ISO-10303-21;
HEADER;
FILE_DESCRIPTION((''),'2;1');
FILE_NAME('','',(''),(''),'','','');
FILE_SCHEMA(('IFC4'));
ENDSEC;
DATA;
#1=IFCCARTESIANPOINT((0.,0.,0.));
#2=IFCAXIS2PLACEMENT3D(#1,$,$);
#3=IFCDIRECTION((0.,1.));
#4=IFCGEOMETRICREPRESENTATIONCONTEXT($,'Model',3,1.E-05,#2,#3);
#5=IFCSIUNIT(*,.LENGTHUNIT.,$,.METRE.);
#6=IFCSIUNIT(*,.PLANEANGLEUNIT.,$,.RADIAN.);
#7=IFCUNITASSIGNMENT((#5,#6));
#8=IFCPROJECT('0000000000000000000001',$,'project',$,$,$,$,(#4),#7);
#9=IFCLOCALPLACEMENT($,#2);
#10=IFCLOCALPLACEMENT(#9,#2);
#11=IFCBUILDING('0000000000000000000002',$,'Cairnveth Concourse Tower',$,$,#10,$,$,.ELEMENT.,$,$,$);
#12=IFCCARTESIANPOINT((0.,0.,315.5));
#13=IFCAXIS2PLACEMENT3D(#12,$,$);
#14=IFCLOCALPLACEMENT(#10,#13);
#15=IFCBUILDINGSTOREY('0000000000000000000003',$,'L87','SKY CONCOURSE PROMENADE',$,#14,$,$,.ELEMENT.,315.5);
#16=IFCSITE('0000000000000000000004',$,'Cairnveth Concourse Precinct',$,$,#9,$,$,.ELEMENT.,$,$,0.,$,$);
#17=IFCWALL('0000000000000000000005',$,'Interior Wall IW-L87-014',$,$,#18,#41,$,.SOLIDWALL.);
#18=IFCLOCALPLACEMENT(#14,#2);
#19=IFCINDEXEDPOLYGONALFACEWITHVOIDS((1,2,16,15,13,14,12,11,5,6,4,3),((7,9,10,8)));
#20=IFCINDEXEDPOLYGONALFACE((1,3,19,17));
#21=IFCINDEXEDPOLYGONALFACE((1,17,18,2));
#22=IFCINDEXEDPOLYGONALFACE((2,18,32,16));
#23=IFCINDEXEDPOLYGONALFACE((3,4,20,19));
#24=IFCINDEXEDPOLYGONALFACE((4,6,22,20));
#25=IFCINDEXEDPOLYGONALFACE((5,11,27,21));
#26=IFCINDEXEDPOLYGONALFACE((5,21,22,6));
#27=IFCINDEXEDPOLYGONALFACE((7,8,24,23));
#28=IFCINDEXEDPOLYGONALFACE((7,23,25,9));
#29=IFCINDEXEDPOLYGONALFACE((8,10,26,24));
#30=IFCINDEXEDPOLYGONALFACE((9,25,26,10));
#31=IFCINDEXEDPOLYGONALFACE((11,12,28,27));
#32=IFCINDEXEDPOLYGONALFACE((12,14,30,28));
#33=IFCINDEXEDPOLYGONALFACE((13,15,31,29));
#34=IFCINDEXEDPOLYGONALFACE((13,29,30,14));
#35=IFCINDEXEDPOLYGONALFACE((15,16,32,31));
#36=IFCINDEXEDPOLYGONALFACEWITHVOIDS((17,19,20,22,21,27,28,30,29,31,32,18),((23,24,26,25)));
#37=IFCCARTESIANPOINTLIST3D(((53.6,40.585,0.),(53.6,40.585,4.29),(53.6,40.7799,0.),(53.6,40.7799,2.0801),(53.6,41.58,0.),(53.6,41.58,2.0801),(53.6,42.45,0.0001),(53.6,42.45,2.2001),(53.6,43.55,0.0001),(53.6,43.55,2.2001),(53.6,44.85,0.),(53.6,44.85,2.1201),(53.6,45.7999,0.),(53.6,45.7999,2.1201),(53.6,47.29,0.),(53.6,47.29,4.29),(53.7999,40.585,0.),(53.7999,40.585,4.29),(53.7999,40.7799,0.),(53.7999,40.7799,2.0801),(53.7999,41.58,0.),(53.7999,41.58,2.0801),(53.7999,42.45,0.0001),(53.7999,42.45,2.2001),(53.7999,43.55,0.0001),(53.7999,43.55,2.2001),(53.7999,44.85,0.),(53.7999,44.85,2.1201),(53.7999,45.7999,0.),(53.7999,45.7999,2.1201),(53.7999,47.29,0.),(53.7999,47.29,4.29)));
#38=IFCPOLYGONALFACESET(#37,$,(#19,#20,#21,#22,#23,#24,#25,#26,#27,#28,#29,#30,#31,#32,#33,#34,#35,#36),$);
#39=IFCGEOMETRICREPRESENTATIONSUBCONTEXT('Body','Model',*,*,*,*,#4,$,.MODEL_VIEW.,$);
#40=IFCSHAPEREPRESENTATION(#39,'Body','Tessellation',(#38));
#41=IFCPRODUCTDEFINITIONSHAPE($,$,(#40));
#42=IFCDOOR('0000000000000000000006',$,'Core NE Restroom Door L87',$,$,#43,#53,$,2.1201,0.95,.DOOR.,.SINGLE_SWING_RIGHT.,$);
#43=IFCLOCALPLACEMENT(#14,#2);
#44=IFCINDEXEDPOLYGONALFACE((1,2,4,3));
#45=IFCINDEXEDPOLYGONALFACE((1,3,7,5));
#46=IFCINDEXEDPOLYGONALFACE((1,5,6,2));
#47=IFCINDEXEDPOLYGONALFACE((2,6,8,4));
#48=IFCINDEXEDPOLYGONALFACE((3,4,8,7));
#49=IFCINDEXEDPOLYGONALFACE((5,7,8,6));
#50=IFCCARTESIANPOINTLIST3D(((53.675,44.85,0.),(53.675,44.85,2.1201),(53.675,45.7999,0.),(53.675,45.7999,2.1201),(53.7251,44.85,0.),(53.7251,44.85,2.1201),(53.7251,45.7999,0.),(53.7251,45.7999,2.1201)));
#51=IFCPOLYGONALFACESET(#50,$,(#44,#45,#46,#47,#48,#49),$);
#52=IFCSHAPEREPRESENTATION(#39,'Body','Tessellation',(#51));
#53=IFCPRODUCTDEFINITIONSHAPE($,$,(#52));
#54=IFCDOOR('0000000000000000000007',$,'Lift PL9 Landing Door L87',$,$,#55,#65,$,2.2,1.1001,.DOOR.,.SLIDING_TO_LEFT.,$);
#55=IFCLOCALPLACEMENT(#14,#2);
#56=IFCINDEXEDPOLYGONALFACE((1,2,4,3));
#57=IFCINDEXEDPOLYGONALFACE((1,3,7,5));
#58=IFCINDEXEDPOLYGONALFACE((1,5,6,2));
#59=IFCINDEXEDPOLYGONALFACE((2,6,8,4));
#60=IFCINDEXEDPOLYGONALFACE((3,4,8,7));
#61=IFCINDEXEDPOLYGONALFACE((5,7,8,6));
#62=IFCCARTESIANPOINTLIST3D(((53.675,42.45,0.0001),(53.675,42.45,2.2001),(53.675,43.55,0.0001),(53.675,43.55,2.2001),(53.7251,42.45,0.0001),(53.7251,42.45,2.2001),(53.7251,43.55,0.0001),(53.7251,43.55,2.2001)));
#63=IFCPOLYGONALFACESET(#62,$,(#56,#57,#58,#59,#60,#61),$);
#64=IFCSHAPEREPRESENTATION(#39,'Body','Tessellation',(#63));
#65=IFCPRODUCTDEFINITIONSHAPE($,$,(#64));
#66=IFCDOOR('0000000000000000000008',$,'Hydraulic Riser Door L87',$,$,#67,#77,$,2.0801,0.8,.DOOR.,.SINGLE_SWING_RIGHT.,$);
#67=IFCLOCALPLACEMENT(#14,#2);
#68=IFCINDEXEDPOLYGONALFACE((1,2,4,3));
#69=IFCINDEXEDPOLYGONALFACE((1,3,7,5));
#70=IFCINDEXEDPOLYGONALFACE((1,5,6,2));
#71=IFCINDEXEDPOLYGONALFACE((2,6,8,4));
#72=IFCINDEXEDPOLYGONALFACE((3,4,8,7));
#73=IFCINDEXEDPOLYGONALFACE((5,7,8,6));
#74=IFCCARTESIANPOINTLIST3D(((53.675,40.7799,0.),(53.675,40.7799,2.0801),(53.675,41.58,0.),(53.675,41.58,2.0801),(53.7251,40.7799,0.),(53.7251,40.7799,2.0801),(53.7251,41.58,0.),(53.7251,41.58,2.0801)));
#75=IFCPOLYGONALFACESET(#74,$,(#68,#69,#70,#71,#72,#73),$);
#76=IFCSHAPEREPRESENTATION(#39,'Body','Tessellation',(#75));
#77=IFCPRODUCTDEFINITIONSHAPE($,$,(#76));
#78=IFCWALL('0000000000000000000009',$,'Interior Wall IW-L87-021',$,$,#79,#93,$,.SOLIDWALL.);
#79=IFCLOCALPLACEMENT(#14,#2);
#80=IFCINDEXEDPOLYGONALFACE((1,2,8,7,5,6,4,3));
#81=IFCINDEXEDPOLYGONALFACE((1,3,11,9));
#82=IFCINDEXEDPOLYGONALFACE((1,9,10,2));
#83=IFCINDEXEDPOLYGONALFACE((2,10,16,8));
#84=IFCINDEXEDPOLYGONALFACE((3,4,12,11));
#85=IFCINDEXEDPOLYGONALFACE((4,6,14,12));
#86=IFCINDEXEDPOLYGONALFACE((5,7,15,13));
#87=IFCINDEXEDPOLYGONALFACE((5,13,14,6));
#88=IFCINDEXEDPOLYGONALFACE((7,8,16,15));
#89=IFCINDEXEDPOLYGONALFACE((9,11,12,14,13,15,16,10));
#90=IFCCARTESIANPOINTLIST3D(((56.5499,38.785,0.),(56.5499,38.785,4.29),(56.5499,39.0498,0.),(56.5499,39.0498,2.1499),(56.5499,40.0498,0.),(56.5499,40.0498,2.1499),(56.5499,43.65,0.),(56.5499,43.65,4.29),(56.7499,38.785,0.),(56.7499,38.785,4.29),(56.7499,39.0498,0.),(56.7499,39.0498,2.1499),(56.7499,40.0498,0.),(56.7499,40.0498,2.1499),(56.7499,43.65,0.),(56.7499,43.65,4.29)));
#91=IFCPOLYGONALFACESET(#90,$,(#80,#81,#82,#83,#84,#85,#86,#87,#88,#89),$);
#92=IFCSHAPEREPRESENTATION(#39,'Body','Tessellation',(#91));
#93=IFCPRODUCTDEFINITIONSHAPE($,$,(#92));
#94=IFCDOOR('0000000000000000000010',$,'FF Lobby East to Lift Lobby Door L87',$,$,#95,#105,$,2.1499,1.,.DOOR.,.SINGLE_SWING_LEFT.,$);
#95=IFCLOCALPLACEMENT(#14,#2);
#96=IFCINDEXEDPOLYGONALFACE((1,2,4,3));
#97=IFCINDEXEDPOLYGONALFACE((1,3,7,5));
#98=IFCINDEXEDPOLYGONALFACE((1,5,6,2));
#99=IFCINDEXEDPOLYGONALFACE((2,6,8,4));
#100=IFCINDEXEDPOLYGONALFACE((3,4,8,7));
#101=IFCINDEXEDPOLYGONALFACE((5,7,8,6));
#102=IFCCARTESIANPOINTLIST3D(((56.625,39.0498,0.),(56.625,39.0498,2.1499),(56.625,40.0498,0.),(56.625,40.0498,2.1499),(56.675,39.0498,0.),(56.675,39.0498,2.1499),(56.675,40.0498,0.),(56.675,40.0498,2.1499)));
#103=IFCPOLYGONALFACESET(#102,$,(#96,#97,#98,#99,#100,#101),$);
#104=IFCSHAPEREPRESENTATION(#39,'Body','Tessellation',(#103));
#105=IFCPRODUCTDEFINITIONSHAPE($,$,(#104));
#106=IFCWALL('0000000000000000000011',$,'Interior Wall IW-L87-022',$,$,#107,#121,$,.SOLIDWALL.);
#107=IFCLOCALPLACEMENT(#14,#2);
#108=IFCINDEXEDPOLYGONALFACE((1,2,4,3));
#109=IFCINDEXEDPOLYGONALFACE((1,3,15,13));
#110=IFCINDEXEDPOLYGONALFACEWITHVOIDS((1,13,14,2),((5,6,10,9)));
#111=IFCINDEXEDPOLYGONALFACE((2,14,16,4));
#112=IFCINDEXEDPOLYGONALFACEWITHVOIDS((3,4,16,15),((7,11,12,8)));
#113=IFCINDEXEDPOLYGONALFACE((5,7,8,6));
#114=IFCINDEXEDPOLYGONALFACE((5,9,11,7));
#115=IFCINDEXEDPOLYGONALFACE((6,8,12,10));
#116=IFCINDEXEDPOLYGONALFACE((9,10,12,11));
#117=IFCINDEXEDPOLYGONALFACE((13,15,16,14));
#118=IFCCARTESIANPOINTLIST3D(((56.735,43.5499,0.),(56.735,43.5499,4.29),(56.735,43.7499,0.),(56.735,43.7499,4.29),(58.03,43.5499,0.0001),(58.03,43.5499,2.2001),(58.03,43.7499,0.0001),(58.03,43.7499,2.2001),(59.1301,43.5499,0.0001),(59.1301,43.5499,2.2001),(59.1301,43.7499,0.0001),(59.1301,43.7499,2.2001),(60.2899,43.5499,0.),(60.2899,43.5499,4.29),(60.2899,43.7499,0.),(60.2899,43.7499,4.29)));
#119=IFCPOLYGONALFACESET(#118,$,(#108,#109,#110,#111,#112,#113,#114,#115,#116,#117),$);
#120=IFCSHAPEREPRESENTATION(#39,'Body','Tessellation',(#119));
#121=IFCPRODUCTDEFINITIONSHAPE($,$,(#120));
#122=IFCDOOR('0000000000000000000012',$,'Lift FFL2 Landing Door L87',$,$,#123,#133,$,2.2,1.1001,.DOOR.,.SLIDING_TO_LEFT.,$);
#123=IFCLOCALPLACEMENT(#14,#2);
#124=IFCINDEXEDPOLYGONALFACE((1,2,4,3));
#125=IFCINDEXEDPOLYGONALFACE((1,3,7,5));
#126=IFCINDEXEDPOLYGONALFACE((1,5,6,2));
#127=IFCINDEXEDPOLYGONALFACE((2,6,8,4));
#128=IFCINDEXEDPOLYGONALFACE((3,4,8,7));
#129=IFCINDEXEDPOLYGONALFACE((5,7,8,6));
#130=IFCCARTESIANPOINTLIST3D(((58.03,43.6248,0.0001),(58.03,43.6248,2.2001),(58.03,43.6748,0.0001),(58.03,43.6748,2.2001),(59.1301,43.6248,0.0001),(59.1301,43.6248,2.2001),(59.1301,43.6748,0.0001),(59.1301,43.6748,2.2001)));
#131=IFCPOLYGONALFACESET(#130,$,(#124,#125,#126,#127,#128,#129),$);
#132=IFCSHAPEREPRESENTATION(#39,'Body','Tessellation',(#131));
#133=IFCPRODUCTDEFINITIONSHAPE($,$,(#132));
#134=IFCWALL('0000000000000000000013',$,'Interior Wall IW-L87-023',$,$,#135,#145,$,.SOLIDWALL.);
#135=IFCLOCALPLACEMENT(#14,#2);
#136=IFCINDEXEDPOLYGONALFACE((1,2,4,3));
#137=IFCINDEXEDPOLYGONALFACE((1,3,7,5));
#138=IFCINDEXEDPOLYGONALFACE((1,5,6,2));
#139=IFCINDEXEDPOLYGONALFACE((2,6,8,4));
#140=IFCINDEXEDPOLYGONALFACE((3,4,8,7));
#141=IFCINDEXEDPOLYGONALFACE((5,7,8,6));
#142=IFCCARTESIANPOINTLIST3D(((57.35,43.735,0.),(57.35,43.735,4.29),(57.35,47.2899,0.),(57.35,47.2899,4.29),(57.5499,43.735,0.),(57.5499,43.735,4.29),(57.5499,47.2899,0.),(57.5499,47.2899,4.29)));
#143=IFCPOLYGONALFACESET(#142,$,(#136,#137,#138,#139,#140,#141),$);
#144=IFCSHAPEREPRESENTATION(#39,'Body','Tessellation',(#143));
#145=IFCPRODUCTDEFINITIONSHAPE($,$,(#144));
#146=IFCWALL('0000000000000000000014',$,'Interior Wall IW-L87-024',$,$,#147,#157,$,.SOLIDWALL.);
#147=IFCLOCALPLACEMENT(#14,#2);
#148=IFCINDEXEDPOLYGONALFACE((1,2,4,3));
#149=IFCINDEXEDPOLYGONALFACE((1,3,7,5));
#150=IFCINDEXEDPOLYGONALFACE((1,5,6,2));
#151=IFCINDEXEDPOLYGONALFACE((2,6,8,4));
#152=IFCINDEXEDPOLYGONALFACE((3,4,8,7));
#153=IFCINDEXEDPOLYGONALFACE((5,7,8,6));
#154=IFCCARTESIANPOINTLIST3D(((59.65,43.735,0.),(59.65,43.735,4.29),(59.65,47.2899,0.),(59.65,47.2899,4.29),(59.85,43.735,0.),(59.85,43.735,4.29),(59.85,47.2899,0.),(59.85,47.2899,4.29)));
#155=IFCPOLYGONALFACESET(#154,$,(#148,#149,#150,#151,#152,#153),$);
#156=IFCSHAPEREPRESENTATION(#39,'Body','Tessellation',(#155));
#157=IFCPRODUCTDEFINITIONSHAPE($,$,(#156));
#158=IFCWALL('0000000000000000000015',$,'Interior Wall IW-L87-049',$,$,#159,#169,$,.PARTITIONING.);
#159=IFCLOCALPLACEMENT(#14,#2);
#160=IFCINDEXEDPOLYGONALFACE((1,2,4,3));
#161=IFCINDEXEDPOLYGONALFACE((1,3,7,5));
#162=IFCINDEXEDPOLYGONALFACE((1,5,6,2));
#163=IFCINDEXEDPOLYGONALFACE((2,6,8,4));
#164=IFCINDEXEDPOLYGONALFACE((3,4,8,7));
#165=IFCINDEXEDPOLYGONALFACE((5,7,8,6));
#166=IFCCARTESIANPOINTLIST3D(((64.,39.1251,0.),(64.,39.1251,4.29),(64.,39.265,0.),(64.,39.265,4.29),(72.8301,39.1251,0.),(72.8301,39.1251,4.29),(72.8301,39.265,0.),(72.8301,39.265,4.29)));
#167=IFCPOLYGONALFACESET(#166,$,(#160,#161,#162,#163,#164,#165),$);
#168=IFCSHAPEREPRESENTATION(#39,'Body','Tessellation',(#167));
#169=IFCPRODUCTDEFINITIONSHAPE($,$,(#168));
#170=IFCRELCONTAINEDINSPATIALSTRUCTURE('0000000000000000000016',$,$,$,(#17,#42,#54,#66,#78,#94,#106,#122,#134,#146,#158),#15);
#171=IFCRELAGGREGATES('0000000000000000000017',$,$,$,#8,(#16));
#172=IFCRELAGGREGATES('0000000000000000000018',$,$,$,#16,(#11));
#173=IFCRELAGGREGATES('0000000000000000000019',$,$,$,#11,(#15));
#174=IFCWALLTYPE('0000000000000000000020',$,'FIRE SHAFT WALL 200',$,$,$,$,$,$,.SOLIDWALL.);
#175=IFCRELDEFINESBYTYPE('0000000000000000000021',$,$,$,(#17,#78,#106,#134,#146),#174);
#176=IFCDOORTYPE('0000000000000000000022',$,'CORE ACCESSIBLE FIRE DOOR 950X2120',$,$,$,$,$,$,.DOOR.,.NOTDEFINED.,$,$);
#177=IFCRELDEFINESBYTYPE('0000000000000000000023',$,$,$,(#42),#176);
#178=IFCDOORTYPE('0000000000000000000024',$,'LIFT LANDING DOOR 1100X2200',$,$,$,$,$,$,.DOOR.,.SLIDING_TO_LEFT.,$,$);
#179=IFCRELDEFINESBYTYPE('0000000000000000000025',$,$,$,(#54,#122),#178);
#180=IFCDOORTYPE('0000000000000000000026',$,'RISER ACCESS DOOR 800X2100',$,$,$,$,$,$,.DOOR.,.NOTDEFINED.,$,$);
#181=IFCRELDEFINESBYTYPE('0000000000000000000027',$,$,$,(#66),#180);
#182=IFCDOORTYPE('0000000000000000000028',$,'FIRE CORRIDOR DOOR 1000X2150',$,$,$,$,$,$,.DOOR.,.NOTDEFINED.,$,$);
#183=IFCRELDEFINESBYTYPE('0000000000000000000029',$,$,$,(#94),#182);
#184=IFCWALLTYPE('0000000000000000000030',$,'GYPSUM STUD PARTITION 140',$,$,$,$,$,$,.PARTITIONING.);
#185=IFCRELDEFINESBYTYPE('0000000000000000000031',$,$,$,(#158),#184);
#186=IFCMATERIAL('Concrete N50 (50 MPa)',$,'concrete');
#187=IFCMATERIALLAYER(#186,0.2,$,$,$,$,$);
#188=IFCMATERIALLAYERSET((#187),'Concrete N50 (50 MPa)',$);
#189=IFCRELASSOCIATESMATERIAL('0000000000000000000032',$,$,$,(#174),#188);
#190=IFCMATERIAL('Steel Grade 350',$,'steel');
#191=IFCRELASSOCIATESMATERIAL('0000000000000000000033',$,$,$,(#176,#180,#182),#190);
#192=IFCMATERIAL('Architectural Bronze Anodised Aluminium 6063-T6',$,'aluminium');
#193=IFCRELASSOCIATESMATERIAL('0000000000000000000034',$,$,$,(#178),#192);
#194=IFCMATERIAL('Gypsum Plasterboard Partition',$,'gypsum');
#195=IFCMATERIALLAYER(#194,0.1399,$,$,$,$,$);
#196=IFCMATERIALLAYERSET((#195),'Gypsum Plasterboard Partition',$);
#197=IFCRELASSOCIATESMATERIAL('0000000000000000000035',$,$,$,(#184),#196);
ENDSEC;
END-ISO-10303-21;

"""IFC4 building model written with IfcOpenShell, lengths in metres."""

from ifc_helpers import new_model, si_unit, direction, frame, frame_2d, origin, place, context, subcontext, project, spatial, rectangle, extrude, material, layer, layer_set, type_object, element, fill, save


model = new_model("IFC4")

# Units and contexts
model_context = context("Model", 3, precision=1e-05, world=origin(), true_north=direction((0.0, 1.0)))
body_context = subcontext(model_context, "Body", "Model", "MODEL_VIEW")
ifc_project = project(units=[si_unit("LENGTHUNIT", "METRE"), si_unit("PLANEANGLEUNIT", "RADIAN")], contexts=[model_context])

# Site, building, storey
site_placement = place(None, origin())
site = spatial("IfcSite", under=ifc_project, at=site_placement, Name="Cairnveth Concourse Precinct", CompositionType="ELEMENT", RefElevation=0.0)
building_placement = place(site_placement, origin())
building = spatial("IfcBuilding", under=site, at=building_placement, Name="Cairnveth Concourse Tower", CompositionType="ELEMENT")
storey_placement = place(building_placement, frame((0.0, 0.0, 315.5)))
storey = spatial("IfcBuildingStorey", under=building, at=storey_placement, Name="L87", Description="SKY CONCOURSE PROMENADE", CompositionType="ELEMENT", Elevation=315.5)

# Shared definitions
ifc_material_1 = material(Name="Architectural Bronze Anodised Aluminium 6063-T6", Category="aluminium")

# Shared definitions
ifc_material_2 = material(Name="Concrete N50 (50 MPa)", Category="concrete")

# Shared definitions
ifc_material_3 = material(Name="Steel Grade 350", Category="steel")

# Shared definitions
ifc_layer_1 = layer(ifc_material_2, 0.2)
ifc_layer_set_1 = layer_set([ifc_layer_1], Name="Concrete N50 (50 MPa)")
wall_type_1 = type_object("IfcWallType", Name="FIRE SHAFT WALL 200", PredefinedType="SOLIDWALL", material=ifc_layer_set_1)

# Wall, openings, doors
wall_1_placement = place(storey_placement, frame((53.7, 40.585, 0.0), z_axis=(0.0, 0.0, 1.0), x_axis=(0.0, 1.0, 0.0)))
wall_1 = element("IfcWall", 1, at=wall_1_placement, inside=storey, type_object=wall_type_1, Name="Interior Wall IW-L87-014", PredefinedType="SOLIDWALL", context=body_context, shape_type="SweptSolid", body=[
    extrude(rectangle(XDim=6.7051, YDim=0.2, at=frame_2d((3.3525, 0.0))), origin(), (0.0, 0.0, 1.0), 4.29),
])
opening_1_placement = place(wall_1_placement, frame((0.1951, 0.0, 0.0)))
opening_1 = element("IfcOpeningElement", 2, at=opening_1_placement, cuts=wall_1, PredefinedType="OPENING", context=body_context, shape_type="SweptSolid", body=[
    extrude(rectangle(XDim=0.8, YDim=2.0801, at=frame_2d((0.3999, 1.04))), frame((0.0, 0.1099, 0.0), z_axis=(0.0, -1.0, 0.0), x_axis=(1.0, 0.0, 0.0)), (0.0, 0.0, 1.0), 0.22),
])
opening_2_placement = place(wall_1_placement, frame((1.865, 0.0, 0.0)))
opening_2 = element("IfcOpeningElement", 3, at=opening_2_placement, cuts=wall_1, PredefinedType="OPENING", context=body_context, shape_type="SweptSolid", body=[
    extrude(rectangle(XDim=1.1001, YDim=2.2, at=frame_2d((0.55, 1.1001))), frame((0.0, 0.1099, 0.0), z_axis=(0.0, -1.0, 0.0), x_axis=(1.0, 0.0, 0.0)), (0.0, 0.0, 1.0), 0.22),
])
opening_3_placement = place(wall_1_placement, frame((4.2649, 0.0, 0.0)))
opening_3 = element("IfcOpeningElement", 4, at=opening_3_placement, cuts=wall_1, PredefinedType="OPENING", context=body_context, shape_type="SweptSolid", body=[
    extrude(rectangle(XDim=0.95, YDim=2.1201, at=frame_2d((0.4751, 1.0601))), frame((0.0, 0.1099, 0.0), z_axis=(0.0, -1.0, 0.0), x_axis=(1.0, 0.0, 0.0)), (0.0, 0.0, 1.0), 0.22),
])
door_type_1 = type_object("IfcDoorType", Name="CORE ACCESSIBLE FIRE DOOR 950X2120", OperationType="NOTDEFINED", PredefinedType="DOOR", material=ifc_material_3)
door_1_placement = place(opening_3_placement, origin())
door_1 = element("IfcDoor", 5, at=door_1_placement, inside=storey, type_object=door_type_1, Name="Core NE Restroom Door L87", OperationType="SINGLE_SWING_RIGHT", OverallHeight=2.1201, OverallWidth=0.95, PredefinedType="DOOR", context=body_context, shape_type="SweptSolid", body=[
    extrude(rectangle(XDim=0.95, YDim=2.1201, at=frame_2d((0.4751, 1.0601))), frame((0.0, 0.0249, 0.0), z_axis=(0.0, -1.0, 0.0), x_axis=(1.0, 0.0, 0.0)), (0.0, 0.0, 1.0), 0.05),
])
fill(opening_3, door_1)
door_type_2 = type_object("IfcDoorType", Name="LIFT LANDING DOOR 1100X2200", OperationType="SLIDING_TO_LEFT", PredefinedType="DOOR", material=ifc_material_1)
door_2_placement = place(opening_2_placement, origin())
door_2 = element("IfcDoor", 6, at=door_2_placement, inside=storey, type_object=door_type_2, Name="Lift PL9 Landing Door L87", OperationType="SLIDING_TO_LEFT", OverallHeight=2.2, OverallWidth=1.1001, PredefinedType="DOOR", context=body_context, shape_type="SweptSolid", body=[
    extrude(rectangle(XDim=1.1001, YDim=2.2, at=frame_2d((0.55, 1.1001))), frame((0.0, 0.0249, 0.0), z_axis=(0.0, -1.0, 0.0), x_axis=(1.0, 0.0, 0.0)), (0.0, 0.0, 1.0), 0.05),
])
fill(opening_2, door_2)
door_type_3 = type_object("IfcDoorType", Name="RISER ACCESS DOOR 800X2100", OperationType="NOTDEFINED", PredefinedType="DOOR", material=ifc_material_3)
door_3_placement = place(opening_1_placement, origin())
door_3 = element("IfcDoor", 7, at=door_3_placement, inside=storey, type_object=door_type_3, Name="Hydraulic Riser Door L87", OperationType="SINGLE_SWING_RIGHT", OverallHeight=2.0801, OverallWidth=0.8, PredefinedType="DOOR", context=body_context, shape_type="SweptSolid", body=[
    extrude(rectangle(XDim=0.8, YDim=2.0801, at=frame_2d((0.3999, 1.04))), frame((0.0, 0.0249, 0.0), z_axis=(0.0, -1.0, 0.0), x_axis=(1.0, 0.0, 0.0)), (0.0, 0.0, 1.0), 0.05),
])
fill(opening_1, door_3)

# Walls, openings, doors
wall_2_placement = place(storey_placement, frame((56.6499, 38.7849, 0.0), z_axis=(0.0, 0.0, 1.0), x_axis=(0.0, 1.0, 0.0)))
wall_2 = element("IfcWall", 8, at=wall_2_placement, inside=storey, type_object=wall_type_1, Name="Interior Wall IW-L87-021", PredefinedType="SOLIDWALL", context=body_context, shape_type="SweptSolid", body=[
    extrude(rectangle(XDim=4.865, YDim=0.2, at=frame_2d((2.4326, 0.0))), origin(), (0.0, 0.0, 1.0), 4.29),
])
opening_4_placement = place(wall_2_placement, frame((0.2649, 0.0, 0.0)))
opening_4 = element("IfcOpeningElement", 9, at=opening_4_placement, cuts=wall_2, PredefinedType="OPENING", context=body_context, shape_type="SweptSolid", body=[
    extrude(rectangle(XDim=1.0, YDim=2.1499, at=frame_2d((0.5, 1.075))), frame((0.0, 0.1099, 0.0), z_axis=(0.0, -1.0, 0.0), x_axis=(1.0, 0.0, 0.0)), (0.0, 0.0, 1.0), 0.22),
])
door_type_4 = type_object("IfcDoorType", Name="FIRE CORRIDOR DOOR 1000X2150", OperationType="NOTDEFINED", PredefinedType="DOOR", material=ifc_material_3)
door_4_placement = place(opening_4_placement, origin())
door_4 = element("IfcDoor", 10, at=door_4_placement, inside=storey, type_object=door_type_4, Name="FF Lobby East to Lift Lobby Door L87", OperationType="SINGLE_SWING_LEFT", OverallHeight=2.1499, OverallWidth=1.0, PredefinedType="DOOR", context=body_context, shape_type="SweptSolid", body=[
    extrude(rectangle(XDim=1.0, YDim=2.1499, at=frame_2d((0.5, 1.075))), frame((0.0, 0.0249, 0.0), z_axis=(0.0, -1.0, 0.0), x_axis=(1.0, 0.0, 0.0)), (0.0, 0.0, 1.0), 0.05),
])
fill(opening_4, door_4)
wall_3_placement = place(storey_placement, frame((56.7351, 43.6499, 0.0), z_axis=(0.0, 0.0, 1.0), x_axis=(1.0, 0.0, 0.0)))
wall_3 = element("IfcWall", 11, at=wall_3_placement, inside=storey, type_object=wall_type_1, Name="Interior Wall IW-L87-022", PredefinedType="SOLIDWALL", context=body_context, shape_type="SweptSolid", body=[
    extrude(rectangle(XDim=3.5549, YDim=0.2, at=frame_2d((1.7773, 0.0))), origin(), (0.0, 0.0, 1.0), 4.29),
])
opening_5_placement = place(wall_3_placement, frame((1.2949, 0.0, 0.0)))
opening_5 = element("IfcOpeningElement", 12, at=opening_5_placement, cuts=wall_3, PredefinedType="OPENING", context=body_context, shape_type="SweptSolid", body=[
    extrude(rectangle(XDim=1.1001, YDim=2.2, at=frame_2d((0.55, 1.1001))), frame((0.0, 0.1099, 0.0), z_axis=(0.0, -1.0, 0.0), x_axis=(1.0, 0.0, 0.0)), (0.0, 0.0, 1.0), 0.22),
])
door_5_placement = place(opening_5_placement, origin())
door_5 = element("IfcDoor", 13, at=door_5_placement, inside=storey, type_object=door_type_2, Name="Lift FFL2 Landing Door L87", OperationType="SLIDING_TO_LEFT", OverallHeight=2.2, OverallWidth=1.1001, PredefinedType="DOOR", context=body_context, shape_type="SweptSolid", body=[
    extrude(rectangle(XDim=1.1001, YDim=2.2, at=frame_2d((0.55, 1.1001))), frame((0.0, 0.0249, 0.0), z_axis=(0.0, -1.0, 0.0), x_axis=(1.0, 0.0, 0.0)), (0.0, 0.0, 1.0), 0.05),
])
fill(opening_5, door_5)

# Walls
for number, where, z_axis, x_axis, name in (
    (14, (57.45, 43.7351, 0.0), (0.0, 0.0, 1.0), (0.0, 1.0, 0.0), "Interior Wall IW-L87-023"),
    (15, (59.75, 43.7351, 0.0), (0.0, 0.0, 1.0), (0.0, 1.0, 0.0), "Interior Wall IW-L87-024"),
):
    element("IfcWall", number, at=place(storey_placement, frame(where, z_axis=z_axis, x_axis=x_axis)), inside=storey, type_object=wall_type_1, Name=name, PredefinedType="SOLIDWALL", context=body_context, shape_type="SweptSolid", body=[
        extrude(rectangle(XDim=3.5549, YDim=0.2, at=frame_2d((1.7773, 0.0))), origin(), (0.0, 0.0, 1.0), 4.29),
    ])
ifc_material_4 = material(Name="Gypsum Plasterboard Partition", Category="gypsum")
ifc_layer_2 = layer(ifc_material_4, 0.1399)
ifc_layer_set_2 = layer_set([ifc_layer_2], Name="Gypsum Plasterboard Partition")
wall_type_2 = type_object("IfcWallType", Name="GYPSUM STUD PARTITION 140", PredefinedType="PARTITIONING", material=ifc_layer_set_2)
wall_4_placement = place(storey_placement, frame((64.0, 39.1951, 0.0), z_axis=(0.0, 0.0, 1.0), x_axis=(1.0, 0.0, 0.0)))
element("IfcWall", 16, at=wall_4_placement, inside=storey, type_object=wall_type_2, Name="Interior Wall IW-L87-049", PredefinedType="PARTITIONING", context=body_context, shape_type="SweptSolid", body=[
    extrude(rectangle(XDim=8.8301, YDim=0.1399, at=frame_2d((4.415, 0.0))), origin(), (0.0, 0.0, 1.0), 4.29),
])

save(model, "model.ifc")
